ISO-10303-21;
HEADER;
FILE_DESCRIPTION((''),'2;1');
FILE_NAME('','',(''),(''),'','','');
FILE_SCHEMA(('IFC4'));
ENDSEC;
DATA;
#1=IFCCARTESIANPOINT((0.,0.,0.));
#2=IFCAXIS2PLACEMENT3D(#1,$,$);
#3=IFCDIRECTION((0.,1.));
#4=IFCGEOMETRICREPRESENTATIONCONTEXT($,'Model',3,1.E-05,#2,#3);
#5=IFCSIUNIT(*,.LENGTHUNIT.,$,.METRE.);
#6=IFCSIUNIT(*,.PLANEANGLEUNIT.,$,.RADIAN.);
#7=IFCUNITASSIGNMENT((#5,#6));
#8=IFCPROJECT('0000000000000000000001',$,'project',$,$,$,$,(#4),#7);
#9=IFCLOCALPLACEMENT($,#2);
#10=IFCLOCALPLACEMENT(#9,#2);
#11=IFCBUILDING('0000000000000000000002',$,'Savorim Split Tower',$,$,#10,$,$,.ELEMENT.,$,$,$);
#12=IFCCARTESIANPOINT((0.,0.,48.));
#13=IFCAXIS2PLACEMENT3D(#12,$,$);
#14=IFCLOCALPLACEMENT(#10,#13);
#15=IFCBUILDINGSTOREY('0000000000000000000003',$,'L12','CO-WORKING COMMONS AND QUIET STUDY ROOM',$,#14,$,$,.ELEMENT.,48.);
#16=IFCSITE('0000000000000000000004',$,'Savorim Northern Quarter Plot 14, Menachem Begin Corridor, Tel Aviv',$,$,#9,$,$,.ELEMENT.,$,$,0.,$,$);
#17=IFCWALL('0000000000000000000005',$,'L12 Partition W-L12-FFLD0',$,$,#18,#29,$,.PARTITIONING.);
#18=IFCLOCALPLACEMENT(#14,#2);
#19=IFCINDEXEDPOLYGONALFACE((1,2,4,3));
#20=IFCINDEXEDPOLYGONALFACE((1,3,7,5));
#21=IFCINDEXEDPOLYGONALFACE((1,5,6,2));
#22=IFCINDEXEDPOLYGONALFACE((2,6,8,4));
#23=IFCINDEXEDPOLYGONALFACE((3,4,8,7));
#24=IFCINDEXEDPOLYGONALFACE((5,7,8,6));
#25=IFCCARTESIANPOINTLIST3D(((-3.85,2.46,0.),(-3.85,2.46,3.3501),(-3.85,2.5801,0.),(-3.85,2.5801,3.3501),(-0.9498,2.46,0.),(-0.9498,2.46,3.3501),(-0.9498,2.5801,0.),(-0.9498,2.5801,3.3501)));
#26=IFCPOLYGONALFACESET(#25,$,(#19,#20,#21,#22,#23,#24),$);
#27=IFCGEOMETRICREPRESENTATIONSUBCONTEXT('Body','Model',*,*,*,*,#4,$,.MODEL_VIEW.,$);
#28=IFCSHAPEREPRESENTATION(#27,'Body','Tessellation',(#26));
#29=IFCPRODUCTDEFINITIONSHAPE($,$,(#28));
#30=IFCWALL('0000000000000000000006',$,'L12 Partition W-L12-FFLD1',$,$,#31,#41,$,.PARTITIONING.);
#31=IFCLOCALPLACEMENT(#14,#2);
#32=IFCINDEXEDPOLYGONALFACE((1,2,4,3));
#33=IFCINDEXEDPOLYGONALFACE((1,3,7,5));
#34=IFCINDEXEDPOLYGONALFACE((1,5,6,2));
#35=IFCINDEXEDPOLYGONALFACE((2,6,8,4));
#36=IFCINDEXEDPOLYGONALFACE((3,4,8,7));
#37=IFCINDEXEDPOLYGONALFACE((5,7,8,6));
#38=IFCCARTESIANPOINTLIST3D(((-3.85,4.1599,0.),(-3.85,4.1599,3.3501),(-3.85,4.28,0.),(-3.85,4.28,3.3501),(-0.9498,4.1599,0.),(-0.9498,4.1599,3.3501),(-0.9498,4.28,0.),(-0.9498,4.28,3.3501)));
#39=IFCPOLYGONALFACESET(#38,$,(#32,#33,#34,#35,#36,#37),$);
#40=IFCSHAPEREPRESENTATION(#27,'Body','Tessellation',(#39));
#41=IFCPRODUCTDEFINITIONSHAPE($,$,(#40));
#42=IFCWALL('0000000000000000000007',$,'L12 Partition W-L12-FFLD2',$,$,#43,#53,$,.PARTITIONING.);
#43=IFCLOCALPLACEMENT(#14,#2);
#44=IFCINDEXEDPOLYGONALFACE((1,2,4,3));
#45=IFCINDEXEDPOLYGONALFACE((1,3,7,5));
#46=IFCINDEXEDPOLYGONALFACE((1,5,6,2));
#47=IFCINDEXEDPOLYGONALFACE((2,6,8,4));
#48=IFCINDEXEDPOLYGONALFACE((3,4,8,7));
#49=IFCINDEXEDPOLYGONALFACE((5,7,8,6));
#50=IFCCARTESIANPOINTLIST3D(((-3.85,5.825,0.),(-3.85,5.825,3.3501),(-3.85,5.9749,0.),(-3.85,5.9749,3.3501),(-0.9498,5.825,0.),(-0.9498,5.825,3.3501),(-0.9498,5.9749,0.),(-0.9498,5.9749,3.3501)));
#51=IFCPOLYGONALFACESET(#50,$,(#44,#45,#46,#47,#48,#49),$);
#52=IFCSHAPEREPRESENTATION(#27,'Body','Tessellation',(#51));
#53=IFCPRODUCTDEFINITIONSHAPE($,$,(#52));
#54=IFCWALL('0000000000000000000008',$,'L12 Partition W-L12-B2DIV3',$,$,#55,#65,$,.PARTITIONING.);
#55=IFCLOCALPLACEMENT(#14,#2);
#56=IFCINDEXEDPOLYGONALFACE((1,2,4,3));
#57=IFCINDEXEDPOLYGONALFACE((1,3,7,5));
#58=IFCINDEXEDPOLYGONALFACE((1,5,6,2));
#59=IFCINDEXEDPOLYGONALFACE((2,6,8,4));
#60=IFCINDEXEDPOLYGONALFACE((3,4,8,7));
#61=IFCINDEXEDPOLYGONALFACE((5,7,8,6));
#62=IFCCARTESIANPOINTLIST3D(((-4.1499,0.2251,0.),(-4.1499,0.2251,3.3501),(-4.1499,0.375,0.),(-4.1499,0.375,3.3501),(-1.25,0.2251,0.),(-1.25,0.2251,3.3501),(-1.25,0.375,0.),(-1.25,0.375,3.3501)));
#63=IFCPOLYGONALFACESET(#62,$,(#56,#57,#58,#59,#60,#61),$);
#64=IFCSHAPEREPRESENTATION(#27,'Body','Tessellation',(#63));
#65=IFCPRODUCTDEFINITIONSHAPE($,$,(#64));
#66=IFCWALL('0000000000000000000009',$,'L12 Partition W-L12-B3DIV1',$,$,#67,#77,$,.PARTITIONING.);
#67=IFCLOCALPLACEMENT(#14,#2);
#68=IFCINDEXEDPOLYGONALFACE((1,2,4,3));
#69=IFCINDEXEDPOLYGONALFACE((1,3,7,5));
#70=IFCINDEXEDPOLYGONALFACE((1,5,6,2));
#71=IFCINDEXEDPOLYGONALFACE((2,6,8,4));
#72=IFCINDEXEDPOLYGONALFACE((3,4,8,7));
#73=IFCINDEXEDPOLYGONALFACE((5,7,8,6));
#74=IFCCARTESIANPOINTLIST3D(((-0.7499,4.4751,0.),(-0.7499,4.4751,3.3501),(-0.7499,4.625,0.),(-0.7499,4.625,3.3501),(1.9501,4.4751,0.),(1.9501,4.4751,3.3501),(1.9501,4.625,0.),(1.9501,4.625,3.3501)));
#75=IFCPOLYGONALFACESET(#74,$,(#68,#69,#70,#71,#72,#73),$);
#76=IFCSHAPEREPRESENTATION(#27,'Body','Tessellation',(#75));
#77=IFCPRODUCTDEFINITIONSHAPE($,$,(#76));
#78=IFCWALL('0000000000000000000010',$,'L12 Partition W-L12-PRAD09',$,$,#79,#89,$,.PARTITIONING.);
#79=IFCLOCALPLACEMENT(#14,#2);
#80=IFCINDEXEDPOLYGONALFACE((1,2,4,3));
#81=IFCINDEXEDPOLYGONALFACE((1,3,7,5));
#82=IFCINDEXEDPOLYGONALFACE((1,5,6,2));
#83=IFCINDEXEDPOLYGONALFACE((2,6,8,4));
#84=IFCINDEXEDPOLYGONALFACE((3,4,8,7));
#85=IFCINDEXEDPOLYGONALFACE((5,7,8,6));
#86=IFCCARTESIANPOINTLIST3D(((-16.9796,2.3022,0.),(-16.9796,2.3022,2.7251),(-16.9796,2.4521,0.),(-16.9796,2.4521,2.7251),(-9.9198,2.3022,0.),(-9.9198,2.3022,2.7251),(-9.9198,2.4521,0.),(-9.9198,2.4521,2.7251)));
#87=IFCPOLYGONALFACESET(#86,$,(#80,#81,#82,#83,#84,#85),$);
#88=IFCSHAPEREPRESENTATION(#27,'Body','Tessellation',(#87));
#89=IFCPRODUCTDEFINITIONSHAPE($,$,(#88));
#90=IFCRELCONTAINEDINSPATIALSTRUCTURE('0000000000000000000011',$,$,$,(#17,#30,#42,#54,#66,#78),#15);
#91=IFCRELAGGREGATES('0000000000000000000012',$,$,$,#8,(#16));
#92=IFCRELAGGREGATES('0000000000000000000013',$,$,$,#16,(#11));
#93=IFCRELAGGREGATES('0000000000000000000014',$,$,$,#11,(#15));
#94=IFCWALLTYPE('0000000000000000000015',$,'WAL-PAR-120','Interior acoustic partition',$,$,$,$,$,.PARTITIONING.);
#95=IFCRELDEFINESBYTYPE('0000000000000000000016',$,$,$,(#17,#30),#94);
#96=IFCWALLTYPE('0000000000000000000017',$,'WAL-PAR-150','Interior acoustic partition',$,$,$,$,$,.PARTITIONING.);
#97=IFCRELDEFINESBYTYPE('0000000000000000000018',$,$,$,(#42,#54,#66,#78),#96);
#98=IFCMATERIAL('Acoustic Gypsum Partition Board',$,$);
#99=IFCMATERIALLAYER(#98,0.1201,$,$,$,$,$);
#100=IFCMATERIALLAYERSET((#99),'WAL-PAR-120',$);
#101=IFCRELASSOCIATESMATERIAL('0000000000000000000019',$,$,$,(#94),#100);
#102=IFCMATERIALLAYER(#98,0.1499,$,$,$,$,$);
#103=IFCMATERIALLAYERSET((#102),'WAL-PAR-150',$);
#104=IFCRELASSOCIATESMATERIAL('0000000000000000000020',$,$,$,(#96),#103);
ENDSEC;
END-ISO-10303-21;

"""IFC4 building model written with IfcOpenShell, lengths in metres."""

from ifc_helpers import new_model, si_unit, direction, frame, frame_2d, origin, place, context, subcontext, project, spatial, rectangle, extrude, material, layer, layer_set, type_object, element, save


model = new_model("IFC4")

# Units and contexts
model_context = context("Model", 3, precision=1e-05, world=origin(), true_north=direction((0.0, 1.0)))
body_context = subcontext(model_context, "Body", "Model", "MODEL_VIEW")
ifc_project = project(units=[si_unit("LENGTHUNIT", "METRE"), si_unit("PLANEANGLEUNIT", "RADIAN")], contexts=[model_context])

# Site, building, storey
site_placement = place(None, origin())
site = spatial("IfcSite", under=ifc_project, at=site_placement, Name="Savorim Northern Quarter Plot 14, Menachem Begin Corridor, Tel Aviv", CompositionType="ELEMENT", RefElevation=0.0)
building_placement = place(site_placement, origin())
building = spatial("IfcBuilding", under=site, at=building_placement, Name="Savorim Split Tower", CompositionType="ELEMENT")
storey_placement = place(building_placement, frame((0.0, 0.0, 48.0)))
storey = spatial("IfcBuildingStorey", under=building, at=storey_placement, Name="L12", Description="CO-WORKING COMMONS AND QUIET STUDY ROOM", CompositionType="ELEMENT", Elevation=48.0)

# Walls
ifc_material_1 = material(Name="Acoustic Gypsum Partition Board")
ifc_layer_1 = layer(ifc_material_1, 0.1201)
ifc_layer_set_1 = layer_set([ifc_layer_1], Name="WAL-PAR-120")
wall_type_1 = type_object("IfcWallType", Name="WAL-PAR-120", Description="Interior acoustic partition", PredefinedType="PARTITIONING", material=ifc_layer_set_1)
for number, where, z_axis, x_axis, name in (
    (1, (-3.8501, 2.52, 0.0), (0.0, 0.0, 1.0), (1.0, 0.0, 0.0), "L12 Partition W-L12-FFLD0"),
    (2, (-3.8501, 4.22, 0.0), (0.0, 0.0, 1.0), (1.0, 0.0, 0.0), "L12 Partition W-L12-FFLD1"),
):
    element("IfcWall", number, at=place(storey_placement, frame(where, z_axis=z_axis, x_axis=x_axis)), inside=storey, type_object=wall_type_1, Name=name, PredefinedType="PARTITIONING", context=body_context, shape_type="SweptSolid", body=[
        extrude(rectangle(XDim=2.9001, YDim=0.1201, at=frame_2d((1.4502, 0.0))), origin(), (0.0, 0.0, 1.0), 3.3501),
    ])
ifc_layer_2 = layer(ifc_material_1, 0.1499)
ifc_layer_set_2 = layer_set([ifc_layer_2], Name="WAL-PAR-150")
wall_type_2 = type_object("IfcWallType", Name="WAL-PAR-150", Description="Interior acoustic partition", PredefinedType="PARTITIONING", material=ifc_layer_set_2)
wall_1_placement = place(storey_placement, frame((-3.8501, 5.8999, 0.0), z_axis=(0.0, 0.0, 1.0), x_axis=(1.0, 0.0, 0.0)))
element("IfcWall", 3, at=wall_1_placement, inside=storey, type_object=wall_type_2, Name="L12 Partition W-L12-FFLD2", PredefinedType="PARTITIONING", context=body_context, shape_type="SweptSolid", body=[
    extrude(rectangle(XDim=2.9001, YDim=0.1499, at=frame_2d((1.4502, 0.0))), origin(), (0.0, 0.0, 1.0), 3.3501),
])
wall_2_placement = place(storey_placement, frame((-4.1499, 0.3, 0.0), z_axis=(0.0, 0.0, 1.0), x_axis=(1.0, 0.0, 0.0)))
element("IfcWall", 4, at=wall_2_placement, inside=storey, type_object=wall_type_2, Name="L12 Partition W-L12-B2DIV3", PredefinedType="PARTITIONING", context=body_context, shape_type="SweptSolid", body=[
    extrude(rectangle(XDim=2.8999, YDim=0.1499, at=frame_2d((1.45, 0.0))), origin(), (0.0, 0.0, 1.0), 3.3501),
])
wall_3_placement = place(storey_placement, frame((-0.75, 4.55, 0.0), z_axis=(0.0, 0.0, 1.0), x_axis=(1.0, 0.0, 0.0)))
element("IfcWall", 5, at=wall_3_placement, inside=storey, type_object=wall_type_2, Name="L12 Partition W-L12-B3DIV1", PredefinedType="PARTITIONING", context=body_context, shape_type="SweptSolid", body=[
    extrude(rectangle(XDim=2.7, YDim=0.1499, at=frame_2d((1.3501, 0.0))), origin(), (0.0, 0.0, 1.0), 3.3501),
])
wall_4_placement = place(storey_placement, frame((-9.9199, 2.3772, 0.0), z_axis=(0.0, 0.0, 1.0), x_axis=(-1.0, 0.0, 0.0)))
element("IfcWall", 6, at=wall_4_placement, inside=storey, type_object=wall_type_2, Name="L12 Partition W-L12-PRAD09", PredefinedType="PARTITIONING", context=body_context, shape_type="SweptSolid", body=[
    extrude(rectangle(XDim=7.0598, YDim=0.1499, at=frame_2d((3.5298, 0.0))), origin(), (0.0, 0.0, 1.0), 2.7251),
])

save(model, "model.ifc")
